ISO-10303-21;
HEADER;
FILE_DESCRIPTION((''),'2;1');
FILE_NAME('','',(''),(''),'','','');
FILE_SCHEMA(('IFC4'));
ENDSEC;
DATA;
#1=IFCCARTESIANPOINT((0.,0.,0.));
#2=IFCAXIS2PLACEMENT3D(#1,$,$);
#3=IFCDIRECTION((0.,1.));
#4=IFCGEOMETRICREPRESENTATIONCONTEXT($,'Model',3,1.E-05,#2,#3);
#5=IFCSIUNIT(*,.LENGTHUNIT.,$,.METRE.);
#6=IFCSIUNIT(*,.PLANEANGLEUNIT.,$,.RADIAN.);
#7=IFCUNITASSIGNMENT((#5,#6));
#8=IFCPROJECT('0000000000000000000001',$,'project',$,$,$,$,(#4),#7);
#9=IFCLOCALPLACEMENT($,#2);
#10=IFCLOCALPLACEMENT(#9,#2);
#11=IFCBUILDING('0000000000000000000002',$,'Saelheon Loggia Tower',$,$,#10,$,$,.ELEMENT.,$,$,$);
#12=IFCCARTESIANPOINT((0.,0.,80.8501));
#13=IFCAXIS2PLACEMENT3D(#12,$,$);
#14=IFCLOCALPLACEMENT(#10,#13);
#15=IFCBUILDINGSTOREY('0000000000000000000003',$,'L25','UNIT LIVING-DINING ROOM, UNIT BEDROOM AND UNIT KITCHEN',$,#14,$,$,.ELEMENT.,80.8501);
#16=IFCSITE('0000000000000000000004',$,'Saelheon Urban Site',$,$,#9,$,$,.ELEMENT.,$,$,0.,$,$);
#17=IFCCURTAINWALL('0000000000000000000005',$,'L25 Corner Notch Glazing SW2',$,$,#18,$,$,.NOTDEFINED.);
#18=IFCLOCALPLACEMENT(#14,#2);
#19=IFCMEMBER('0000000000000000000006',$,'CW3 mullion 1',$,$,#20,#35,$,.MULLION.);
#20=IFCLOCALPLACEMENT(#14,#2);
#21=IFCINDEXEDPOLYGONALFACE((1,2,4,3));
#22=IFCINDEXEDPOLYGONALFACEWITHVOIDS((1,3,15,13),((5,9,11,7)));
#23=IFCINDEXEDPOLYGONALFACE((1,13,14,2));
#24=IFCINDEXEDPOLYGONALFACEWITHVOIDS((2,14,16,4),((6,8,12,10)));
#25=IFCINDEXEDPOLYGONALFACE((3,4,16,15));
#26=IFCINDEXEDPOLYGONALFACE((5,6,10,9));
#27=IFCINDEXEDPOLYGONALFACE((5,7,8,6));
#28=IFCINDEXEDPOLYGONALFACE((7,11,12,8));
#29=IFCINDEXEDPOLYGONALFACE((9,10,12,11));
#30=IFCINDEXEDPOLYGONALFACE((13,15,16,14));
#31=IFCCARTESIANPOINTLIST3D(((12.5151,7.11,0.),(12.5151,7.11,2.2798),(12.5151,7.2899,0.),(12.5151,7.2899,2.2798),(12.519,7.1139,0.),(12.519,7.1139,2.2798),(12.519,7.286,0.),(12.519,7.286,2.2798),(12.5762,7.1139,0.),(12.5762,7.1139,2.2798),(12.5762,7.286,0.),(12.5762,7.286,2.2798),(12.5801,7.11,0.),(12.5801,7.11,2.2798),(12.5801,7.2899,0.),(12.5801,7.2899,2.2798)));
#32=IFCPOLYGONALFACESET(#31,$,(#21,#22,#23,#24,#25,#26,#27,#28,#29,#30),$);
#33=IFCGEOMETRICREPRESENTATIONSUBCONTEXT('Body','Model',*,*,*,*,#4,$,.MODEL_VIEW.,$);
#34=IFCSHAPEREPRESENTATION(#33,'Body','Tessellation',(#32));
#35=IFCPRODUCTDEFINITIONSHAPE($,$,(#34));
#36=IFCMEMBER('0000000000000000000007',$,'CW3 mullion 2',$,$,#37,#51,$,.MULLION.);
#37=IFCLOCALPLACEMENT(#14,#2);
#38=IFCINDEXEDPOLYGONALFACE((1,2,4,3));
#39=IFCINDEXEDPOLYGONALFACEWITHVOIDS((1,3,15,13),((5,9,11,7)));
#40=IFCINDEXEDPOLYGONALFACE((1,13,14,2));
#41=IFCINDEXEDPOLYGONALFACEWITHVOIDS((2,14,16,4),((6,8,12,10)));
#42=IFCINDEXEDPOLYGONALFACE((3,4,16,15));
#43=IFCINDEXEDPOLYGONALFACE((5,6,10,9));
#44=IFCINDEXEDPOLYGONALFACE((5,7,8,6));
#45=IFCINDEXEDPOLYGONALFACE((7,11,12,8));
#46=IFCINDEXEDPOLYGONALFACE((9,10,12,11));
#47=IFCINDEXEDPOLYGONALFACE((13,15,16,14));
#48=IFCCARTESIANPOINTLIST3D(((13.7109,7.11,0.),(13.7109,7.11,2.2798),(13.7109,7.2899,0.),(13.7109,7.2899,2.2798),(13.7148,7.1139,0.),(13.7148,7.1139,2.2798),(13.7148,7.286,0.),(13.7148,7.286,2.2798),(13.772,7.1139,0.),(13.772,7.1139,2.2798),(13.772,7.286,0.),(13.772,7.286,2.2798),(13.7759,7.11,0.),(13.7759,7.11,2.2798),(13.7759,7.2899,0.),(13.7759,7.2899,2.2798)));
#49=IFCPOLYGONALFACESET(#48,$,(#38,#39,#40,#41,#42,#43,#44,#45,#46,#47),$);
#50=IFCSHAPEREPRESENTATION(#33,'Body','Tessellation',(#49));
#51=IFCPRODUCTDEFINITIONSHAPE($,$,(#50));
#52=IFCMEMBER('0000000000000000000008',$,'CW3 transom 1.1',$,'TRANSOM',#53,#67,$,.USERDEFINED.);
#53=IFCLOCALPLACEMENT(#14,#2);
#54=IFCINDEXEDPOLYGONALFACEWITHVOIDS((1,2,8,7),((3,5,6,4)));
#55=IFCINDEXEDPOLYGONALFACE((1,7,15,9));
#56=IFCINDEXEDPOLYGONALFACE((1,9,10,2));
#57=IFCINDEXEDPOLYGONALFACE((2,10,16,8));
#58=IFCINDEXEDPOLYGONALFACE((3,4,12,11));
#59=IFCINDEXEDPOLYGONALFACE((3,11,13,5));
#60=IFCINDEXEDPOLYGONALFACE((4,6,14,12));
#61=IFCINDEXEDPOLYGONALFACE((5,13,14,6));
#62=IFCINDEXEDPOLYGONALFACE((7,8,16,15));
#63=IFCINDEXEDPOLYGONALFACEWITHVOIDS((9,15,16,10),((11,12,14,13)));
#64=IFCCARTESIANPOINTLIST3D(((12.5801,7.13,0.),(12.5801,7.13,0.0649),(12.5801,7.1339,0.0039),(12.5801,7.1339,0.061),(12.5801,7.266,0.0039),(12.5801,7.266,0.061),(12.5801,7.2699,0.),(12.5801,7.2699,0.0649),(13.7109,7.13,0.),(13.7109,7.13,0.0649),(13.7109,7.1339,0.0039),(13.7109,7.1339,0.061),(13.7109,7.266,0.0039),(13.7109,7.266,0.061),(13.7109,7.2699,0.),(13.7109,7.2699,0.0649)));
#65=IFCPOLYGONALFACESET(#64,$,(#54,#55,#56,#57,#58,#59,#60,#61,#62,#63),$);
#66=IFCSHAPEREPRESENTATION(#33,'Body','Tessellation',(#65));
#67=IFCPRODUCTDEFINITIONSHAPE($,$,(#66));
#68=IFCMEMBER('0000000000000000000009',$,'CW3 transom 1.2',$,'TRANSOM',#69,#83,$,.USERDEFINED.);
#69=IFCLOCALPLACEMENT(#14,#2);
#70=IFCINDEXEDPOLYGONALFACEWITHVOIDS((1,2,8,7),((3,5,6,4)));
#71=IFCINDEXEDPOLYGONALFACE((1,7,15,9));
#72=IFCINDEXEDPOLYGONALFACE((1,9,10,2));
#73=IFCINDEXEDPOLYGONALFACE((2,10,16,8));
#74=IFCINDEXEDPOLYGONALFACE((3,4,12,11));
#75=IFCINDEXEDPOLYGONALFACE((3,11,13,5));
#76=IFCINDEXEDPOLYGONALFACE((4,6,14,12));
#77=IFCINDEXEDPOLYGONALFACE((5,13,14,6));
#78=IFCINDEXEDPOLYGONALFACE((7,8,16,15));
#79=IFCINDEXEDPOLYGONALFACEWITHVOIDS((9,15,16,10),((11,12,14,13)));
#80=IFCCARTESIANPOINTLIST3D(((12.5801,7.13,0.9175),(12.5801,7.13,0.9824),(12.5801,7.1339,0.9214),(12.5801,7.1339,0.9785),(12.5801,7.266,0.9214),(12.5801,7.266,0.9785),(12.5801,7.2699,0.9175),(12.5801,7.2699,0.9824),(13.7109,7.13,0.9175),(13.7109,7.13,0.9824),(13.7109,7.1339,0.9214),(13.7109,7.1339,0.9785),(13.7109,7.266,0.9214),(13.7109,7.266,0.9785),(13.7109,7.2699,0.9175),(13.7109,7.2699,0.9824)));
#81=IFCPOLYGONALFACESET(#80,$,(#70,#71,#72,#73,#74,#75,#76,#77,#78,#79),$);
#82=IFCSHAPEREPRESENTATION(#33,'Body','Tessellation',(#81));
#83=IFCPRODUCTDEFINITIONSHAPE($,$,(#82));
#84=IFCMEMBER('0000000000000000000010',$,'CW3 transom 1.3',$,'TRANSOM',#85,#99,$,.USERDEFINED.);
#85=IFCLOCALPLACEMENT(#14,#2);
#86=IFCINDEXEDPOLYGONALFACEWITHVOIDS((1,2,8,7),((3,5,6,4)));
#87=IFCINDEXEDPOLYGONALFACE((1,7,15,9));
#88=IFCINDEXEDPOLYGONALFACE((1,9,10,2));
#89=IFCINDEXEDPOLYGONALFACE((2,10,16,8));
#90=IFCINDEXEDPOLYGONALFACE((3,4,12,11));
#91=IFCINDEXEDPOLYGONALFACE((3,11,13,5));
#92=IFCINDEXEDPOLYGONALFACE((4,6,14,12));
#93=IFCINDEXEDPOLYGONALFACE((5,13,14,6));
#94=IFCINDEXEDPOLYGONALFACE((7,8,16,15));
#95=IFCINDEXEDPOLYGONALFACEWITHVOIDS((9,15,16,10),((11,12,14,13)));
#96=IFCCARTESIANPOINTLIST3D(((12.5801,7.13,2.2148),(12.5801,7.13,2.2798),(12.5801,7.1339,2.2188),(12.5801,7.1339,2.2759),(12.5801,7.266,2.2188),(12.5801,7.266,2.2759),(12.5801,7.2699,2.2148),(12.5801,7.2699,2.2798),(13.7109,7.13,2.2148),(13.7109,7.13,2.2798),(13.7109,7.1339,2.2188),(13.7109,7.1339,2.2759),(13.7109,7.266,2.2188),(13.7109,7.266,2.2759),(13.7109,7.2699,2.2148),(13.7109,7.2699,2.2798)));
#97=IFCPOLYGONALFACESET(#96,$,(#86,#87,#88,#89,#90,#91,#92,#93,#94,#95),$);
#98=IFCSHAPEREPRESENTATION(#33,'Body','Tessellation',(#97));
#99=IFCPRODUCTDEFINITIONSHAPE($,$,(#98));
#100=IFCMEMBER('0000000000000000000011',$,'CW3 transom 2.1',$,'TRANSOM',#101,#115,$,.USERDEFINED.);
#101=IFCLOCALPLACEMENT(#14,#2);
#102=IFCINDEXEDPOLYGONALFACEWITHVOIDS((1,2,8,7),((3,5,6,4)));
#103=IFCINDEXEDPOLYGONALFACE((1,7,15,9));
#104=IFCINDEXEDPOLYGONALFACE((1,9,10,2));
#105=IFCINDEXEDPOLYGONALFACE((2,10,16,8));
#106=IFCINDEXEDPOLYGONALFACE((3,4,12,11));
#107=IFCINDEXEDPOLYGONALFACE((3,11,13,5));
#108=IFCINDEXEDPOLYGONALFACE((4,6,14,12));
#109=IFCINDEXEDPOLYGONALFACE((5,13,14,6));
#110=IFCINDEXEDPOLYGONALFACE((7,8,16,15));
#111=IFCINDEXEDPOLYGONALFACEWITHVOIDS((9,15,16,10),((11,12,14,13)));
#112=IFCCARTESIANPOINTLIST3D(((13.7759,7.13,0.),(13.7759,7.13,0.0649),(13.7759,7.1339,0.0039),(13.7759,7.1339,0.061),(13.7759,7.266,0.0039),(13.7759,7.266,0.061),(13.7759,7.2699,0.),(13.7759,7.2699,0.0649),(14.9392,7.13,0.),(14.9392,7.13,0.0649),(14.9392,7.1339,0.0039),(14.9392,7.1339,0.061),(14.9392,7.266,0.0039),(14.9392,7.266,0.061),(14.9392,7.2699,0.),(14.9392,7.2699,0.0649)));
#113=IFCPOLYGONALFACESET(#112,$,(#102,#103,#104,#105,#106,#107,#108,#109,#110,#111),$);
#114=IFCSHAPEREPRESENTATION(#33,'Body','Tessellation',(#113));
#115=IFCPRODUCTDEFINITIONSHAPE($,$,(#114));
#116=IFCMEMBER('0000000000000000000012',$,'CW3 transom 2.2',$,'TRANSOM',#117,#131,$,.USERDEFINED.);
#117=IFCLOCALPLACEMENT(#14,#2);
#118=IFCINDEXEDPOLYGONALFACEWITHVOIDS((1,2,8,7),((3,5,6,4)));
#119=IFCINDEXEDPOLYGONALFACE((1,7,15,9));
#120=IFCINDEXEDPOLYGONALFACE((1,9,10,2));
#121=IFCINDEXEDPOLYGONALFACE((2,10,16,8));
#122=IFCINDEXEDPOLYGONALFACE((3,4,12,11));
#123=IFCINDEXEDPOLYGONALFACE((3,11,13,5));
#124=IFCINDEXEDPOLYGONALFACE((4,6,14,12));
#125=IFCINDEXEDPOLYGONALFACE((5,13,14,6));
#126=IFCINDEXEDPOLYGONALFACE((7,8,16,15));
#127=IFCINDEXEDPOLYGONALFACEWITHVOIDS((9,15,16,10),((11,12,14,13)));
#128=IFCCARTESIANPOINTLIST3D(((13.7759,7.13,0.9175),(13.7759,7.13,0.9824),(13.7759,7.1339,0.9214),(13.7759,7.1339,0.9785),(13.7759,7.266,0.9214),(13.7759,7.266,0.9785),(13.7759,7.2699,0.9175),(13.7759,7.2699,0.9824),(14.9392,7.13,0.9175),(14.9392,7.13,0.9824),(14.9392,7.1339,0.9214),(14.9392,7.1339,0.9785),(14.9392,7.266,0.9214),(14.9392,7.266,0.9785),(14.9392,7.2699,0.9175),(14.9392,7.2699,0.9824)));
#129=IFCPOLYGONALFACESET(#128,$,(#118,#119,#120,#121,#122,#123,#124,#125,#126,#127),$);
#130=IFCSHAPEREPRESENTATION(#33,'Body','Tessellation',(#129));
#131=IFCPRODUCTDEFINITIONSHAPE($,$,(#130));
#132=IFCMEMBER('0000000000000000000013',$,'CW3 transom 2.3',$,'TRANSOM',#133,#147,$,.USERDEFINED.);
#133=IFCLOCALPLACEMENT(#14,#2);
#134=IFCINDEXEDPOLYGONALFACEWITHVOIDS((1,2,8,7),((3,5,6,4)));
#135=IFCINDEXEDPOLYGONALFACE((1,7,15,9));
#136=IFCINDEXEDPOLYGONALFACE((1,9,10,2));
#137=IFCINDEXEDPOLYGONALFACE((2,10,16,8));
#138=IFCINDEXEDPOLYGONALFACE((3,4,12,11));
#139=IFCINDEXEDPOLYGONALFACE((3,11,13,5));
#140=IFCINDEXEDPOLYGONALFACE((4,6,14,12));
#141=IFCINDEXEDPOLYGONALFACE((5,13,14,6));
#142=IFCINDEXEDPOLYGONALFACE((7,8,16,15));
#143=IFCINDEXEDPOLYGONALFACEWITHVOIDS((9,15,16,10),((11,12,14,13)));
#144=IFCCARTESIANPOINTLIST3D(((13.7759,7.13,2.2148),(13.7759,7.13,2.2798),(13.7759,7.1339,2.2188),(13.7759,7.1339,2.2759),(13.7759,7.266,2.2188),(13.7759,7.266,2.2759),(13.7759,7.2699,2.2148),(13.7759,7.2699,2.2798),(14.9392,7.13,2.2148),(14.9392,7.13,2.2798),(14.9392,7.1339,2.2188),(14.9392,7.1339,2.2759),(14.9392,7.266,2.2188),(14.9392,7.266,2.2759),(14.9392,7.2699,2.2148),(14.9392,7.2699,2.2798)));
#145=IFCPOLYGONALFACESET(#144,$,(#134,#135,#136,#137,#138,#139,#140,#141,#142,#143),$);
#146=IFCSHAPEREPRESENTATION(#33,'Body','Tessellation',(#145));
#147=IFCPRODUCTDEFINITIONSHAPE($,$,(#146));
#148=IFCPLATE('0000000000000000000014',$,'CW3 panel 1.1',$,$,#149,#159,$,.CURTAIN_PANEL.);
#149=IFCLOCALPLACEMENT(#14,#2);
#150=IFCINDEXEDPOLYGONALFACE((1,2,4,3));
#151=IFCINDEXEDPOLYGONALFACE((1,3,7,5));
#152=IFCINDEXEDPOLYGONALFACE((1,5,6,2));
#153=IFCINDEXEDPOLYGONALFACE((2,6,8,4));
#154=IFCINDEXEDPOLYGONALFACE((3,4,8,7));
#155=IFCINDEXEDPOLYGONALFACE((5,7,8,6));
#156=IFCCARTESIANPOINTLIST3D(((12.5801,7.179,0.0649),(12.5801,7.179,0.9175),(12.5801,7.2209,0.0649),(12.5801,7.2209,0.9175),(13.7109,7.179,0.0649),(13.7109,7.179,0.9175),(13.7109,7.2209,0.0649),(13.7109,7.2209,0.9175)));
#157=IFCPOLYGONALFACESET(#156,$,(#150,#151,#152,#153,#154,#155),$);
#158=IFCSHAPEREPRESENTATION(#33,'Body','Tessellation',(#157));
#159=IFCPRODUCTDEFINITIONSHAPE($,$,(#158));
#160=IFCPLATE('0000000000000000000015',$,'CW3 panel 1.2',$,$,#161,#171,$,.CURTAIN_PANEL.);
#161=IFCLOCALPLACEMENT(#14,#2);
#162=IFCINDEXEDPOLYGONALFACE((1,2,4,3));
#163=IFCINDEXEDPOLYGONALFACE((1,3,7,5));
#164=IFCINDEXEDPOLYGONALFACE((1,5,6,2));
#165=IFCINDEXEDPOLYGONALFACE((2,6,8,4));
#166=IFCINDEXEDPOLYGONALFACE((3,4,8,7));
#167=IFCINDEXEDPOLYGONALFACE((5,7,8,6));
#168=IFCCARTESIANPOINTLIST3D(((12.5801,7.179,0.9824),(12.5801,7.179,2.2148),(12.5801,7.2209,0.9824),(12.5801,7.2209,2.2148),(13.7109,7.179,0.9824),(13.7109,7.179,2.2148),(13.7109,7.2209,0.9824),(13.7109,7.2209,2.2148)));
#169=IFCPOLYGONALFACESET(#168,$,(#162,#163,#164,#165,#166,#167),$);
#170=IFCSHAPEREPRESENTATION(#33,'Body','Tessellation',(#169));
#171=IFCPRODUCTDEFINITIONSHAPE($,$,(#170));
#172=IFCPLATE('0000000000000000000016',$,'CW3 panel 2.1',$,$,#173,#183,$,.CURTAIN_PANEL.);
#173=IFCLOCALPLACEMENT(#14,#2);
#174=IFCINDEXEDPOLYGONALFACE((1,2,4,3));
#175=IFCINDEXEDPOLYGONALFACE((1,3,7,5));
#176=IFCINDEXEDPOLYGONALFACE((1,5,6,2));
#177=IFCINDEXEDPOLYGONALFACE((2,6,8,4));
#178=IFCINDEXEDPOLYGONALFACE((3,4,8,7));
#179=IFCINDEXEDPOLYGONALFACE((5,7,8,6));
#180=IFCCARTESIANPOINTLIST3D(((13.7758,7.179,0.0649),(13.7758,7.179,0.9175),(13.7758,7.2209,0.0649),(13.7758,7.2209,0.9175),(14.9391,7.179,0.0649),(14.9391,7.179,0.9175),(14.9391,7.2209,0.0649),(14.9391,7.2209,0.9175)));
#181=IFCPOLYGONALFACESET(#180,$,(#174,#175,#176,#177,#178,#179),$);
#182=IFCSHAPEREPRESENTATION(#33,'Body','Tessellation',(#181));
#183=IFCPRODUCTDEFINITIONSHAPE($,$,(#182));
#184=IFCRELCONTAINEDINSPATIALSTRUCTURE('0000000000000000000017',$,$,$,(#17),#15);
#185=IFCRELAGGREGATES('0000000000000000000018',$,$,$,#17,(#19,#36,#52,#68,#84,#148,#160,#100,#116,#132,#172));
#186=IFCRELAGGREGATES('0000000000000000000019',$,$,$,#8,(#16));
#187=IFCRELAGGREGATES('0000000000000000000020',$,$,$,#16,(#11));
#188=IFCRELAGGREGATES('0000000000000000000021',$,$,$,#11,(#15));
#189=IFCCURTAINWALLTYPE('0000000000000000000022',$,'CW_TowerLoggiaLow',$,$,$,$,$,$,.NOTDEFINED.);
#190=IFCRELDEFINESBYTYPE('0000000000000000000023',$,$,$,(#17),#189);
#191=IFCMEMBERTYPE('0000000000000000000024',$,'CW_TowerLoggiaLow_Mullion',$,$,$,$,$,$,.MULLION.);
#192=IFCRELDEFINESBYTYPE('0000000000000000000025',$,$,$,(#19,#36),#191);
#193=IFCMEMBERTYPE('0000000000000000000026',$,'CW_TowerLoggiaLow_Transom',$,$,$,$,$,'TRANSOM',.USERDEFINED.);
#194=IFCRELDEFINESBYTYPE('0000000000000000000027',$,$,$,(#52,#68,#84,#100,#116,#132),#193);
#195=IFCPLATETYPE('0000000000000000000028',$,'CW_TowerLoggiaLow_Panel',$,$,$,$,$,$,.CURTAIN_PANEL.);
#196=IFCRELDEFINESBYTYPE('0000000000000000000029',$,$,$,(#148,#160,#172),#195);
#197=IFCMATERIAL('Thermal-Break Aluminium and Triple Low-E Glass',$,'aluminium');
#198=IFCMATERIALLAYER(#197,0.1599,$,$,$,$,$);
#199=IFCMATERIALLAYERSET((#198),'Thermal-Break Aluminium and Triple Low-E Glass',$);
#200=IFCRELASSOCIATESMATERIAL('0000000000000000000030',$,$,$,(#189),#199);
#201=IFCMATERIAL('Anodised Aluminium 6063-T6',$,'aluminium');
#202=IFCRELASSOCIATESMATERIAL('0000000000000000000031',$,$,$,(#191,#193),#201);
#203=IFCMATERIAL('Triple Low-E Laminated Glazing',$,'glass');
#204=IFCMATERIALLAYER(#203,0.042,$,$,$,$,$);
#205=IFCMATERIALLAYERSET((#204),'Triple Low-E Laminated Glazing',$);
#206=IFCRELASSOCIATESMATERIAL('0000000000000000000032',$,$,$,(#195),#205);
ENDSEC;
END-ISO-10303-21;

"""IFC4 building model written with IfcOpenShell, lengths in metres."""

from ifc_helpers import new_model, si_unit, direction, frame, origin, origin_2d, place, context, subcontext, project, spatial, rectangle, hollow_rectangle, extrude, source, transform, mapped, material, layer, layer_set, material_profile, profile_set, type_object, element, aggregate, save


model = new_model("IFC4")

# Units and contexts
model_context = context("Model", 3, precision=1e-05, world=origin(), true_north=direction((0.0, 1.0)))
body_context = subcontext(model_context, "Body", "Model", "MODEL_VIEW")
ifc_project = project(units=[si_unit("LENGTHUNIT", "METRE"), si_unit("PLANEANGLEUNIT", "RADIAN")], contexts=[model_context])

# Site, building, storey
site_placement = place(None, origin())
site = spatial("IfcSite", under=ifc_project, at=site_placement, Name="Saelheon Urban Site", CompositionType="ELEMENT", RefElevation=0.0)
building_placement = place(site_placement, origin())
building = spatial("IfcBuilding", under=site, at=building_placement, Name="Saelheon Loggia Tower", CompositionType="ELEMENT")
storey_placement = place(building_placement, frame((0.0, 0.0, 80.8501)))
storey = spatial("IfcBuildingStorey", under=building, at=storey_placement, Name="L25", Description="UNIT LIVING-DINING ROOM, UNIT BEDROOM AND UNIT KITCHEN", CompositionType="ELEMENT", Elevation=80.8501)

# Curtain wall, members, plates
ifc_material_1 = material(Name="Thermal-Break Aluminium and Triple Low-E Glass", Category="aluminium")
ifc_layer_1 = layer(ifc_material_1, 0.1599)
ifc_layer_set_1 = layer_set([ifc_layer_1], Name="Thermal-Break Aluminium and Triple Low-E Glass")
curtain_wall_type = type_object("IfcCurtainWallType", Name="CW_TowerLoggiaLow", PredefinedType="NOTDEFINED", material=ifc_layer_set_1)
curtain_wall_placement = place(storey_placement, origin())
curtain_wall = element("IfcCurtainWall", 1, at=curtain_wall_placement, inside=storey, type_object=curtain_wall_type, Name="L25 Corner Notch Glazing SW2", PredefinedType="NOTDEFINED")
ifc_material_2 = material(Name="Anodised Aluminium 6063-T6", Category="aluminium")
ifc_material_profile_1 = material_profile(ifc_material_2, hollow_rectangle(XDim=0.0649, YDim=0.1799, WallThickness=0.0039, at=origin_2d()), Name="RHS-180x65x4")
ifc_profile_set_1 = profile_set([ifc_material_profile_1], Name="Anodised Aluminium 6063-T6")
member_type_1 = type_object("IfcMemberType", Name="CW_TowerLoggiaLow_Mullion", PredefinedType="MULLION", material=ifc_profile_set_1)
shared_shape_1 = source(origin(), body_context, "Body", "SweptSolid", [
    extrude(hollow_rectangle(XDim=0.0649, YDim=0.1799, WallThickness=0.0039, at=origin_2d()), origin(), (0.0, 0.0, 1.0), 2.2798),
])
member_1_placement = place(storey_placement, frame((12.5476, 7.2, 0.0), z_axis=(0.0, 0.0, 1.0), x_axis=(1.0, 0.0, 0.0)))
member_1 = element("IfcMember", 2, at=member_1_placement, type_object=member_type_1, Name="CW3 mullion 1", PredefinedType="MULLION", context=body_context, shape_type="MappedRepresentation", body=[
    mapped(shared_shape_1, transform((0.0, 0.0, 0.0), scale=1.0)),
])
member_2_placement = place(storey_placement, frame((13.7434, 7.2, 0.0), z_axis=(0.0, 0.0, 1.0), x_axis=(1.0, 0.0, 0.0)))
member_2 = element("IfcMember", 3, at=member_2_placement, type_object=member_type_1, Name="CW3 mullion 2", PredefinedType="MULLION", context=body_context, shape_type="MappedRepresentation", body=[
    mapped(shared_shape_1, transform((0.0, 0.0, 0.0), scale=1.0)),
])
ifc_material_profile_2 = material_profile(ifc_material_2, hollow_rectangle(XDim=0.0649, YDim=0.1399, WallThickness=0.0039, at=origin_2d()), Name="RHS-140x65x4")
ifc_profile_set_2 = profile_set([ifc_material_profile_2], Name="Anodised Aluminium 6063-T6")
member_type_2 = type_object("IfcMemberType", Name="CW_TowerLoggiaLow_Transom", ElementType="TRANSOM", PredefinedType="USERDEFINED", material=ifc_profile_set_2)
shared_shape_2 = source(origin(), body_context, "Body", "SweptSolid", [
    extrude(hollow_rectangle(XDim=0.0649, YDim=0.1399, WallThickness=0.0039, at=origin_2d()), origin(), (0.0, 0.0, 1.0), 1.1309),
])
member_3_placement = place(storey_placement, frame((12.5801, 7.2, 0.0325), z_axis=(1.0, 0.0, 0.0), x_axis=(0.0, 0.0, 1.0)))
member_3 = element("IfcMember", 4, at=member_3_placement, type_object=member_type_2, Name="CW3 transom 1.1", ObjectType="TRANSOM", PredefinedType="USERDEFINED", context=body_context, shape_type="MappedRepresentation", body=[
    mapped(shared_shape_2, transform((0.0, 0.0, 0.0), scale=1.0)),
])
member_4_placement = place(storey_placement, frame((12.5801, 7.2, 0.95), z_axis=(1.0, 0.0, 0.0), x_axis=(0.0, 0.0, 1.0)))
member_4 = element("IfcMember", 5, at=member_4_placement, type_object=member_type_2, Name="CW3 transom 1.2", ObjectType="TRANSOM", PredefinedType="USERDEFINED", context=body_context, shape_type="MappedRepresentation", body=[
    mapped(shared_shape_2, transform((0.0, 0.0, 0.0), scale=1.0)),
])
member_5_placement = place(storey_placement, frame((12.5801, 7.2, 2.2473), z_axis=(1.0, 0.0, 0.0), x_axis=(0.0, 0.0, 1.0)))
member_5 = element("IfcMember", 6, at=member_5_placement, type_object=member_type_2, Name="CW3 transom 1.3", ObjectType="TRANSOM", PredefinedType="USERDEFINED", context=body_context, shape_type="MappedRepresentation", body=[
    mapped(shared_shape_2, transform((0.0, 0.0, 0.0), scale=1.0)),
])
shared_shape_3 = source(origin(), body_context, "Body", "SweptSolid", [
    extrude(hollow_rectangle(XDim=0.0649, YDim=0.1399, WallThickness=0.0039, at=origin_2d()), origin(), (0.0, 0.0, 1.0), 1.1633),
])
member_6_placement = place(storey_placement, frame((13.7759, 7.2, 0.0325), z_axis=(1.0, 0.0, 0.0), x_axis=(0.0, 0.0, 1.0)))
member_6 = element("IfcMember", 7, at=member_6_placement, type_object=member_type_2, Name="CW3 transom 2.1", ObjectType="TRANSOM", PredefinedType="USERDEFINED", context=body_context, shape_type="MappedRepresentation", body=[
    mapped(shared_shape_3, transform((0.0, 0.0, 0.0), scale=1.0)),
])
member_7_placement = place(storey_placement, frame((13.7759, 7.2, 0.95), z_axis=(1.0, 0.0, 0.0), x_axis=(0.0, 0.0, 1.0)))
member_7 = element("IfcMember", 8, at=member_7_placement, type_object=member_type_2, Name="CW3 transom 2.2", ObjectType="TRANSOM", PredefinedType="USERDEFINED", context=body_context, shape_type="MappedRepresentation", body=[
    mapped(shared_shape_3, transform((0.0, 0.0, 0.0), scale=1.0)),
])
member_8_placement = place(storey_placement, frame((13.7759, 7.2, 2.2473), z_axis=(1.0, 0.0, 0.0), x_axis=(0.0, 0.0, 1.0)))
member_8 = element("IfcMember", 9, at=member_8_placement, type_object=member_type_2, Name="CW3 transom 2.3", ObjectType="TRANSOM", PredefinedType="USERDEFINED", context=body_context, shape_type="MappedRepresentation", body=[
    mapped(shared_shape_3, transform((0.0, 0.0, 0.0), scale=1.0)),
])
ifc_material_3 = material(Name="Triple Low-E Laminated Glazing", Category="glass")
ifc_layer_2 = layer(ifc_material_3, 0.042)
ifc_layer_set_2 = layer_set([ifc_layer_2], Name="Triple Low-E Laminated Glazing")
plate_type = type_object("IfcPlateType", Name="CW_TowerLoggiaLow_Panel", PredefinedType="CURTAIN_PANEL", material=ifc_layer_set_2)
shared_shape_4 = source(origin(), body_context, "Body", "SweptSolid", [
    extrude(rectangle(XDim=1.1309, YDim=0.042, at=origin_2d()), origin(), (0.0, 0.0, 1.0), 0.8525),
])
plate_1_placement = place(storey_placement, frame((13.1455, 7.2, 0.0649), z_axis=(0.0, 0.0, 1.0), x_axis=(1.0, 0.0, 0.0)))
plate_1 = element("IfcPlate", 10, at=plate_1_placement, type_object=plate_type, Name="CW3 panel 1.1", PredefinedType="CURTAIN_PANEL", context=body_context, shape_type="MappedRepresentation", body=[
    mapped(shared_shape_4, transform((0.0, 0.0, 0.0), scale=1.0)),
])
shared_shape_5 = source(origin(), body_context, "Body", "SweptSolid", [
    extrude(rectangle(XDim=1.1309, YDim=0.042, at=origin_2d()), origin(), (0.0, 0.0, 1.0), 1.2324),
])
plate_2_placement = place(storey_placement, frame((13.1455, 7.2, 0.9824), z_axis=(0.0, 0.0, 1.0), x_axis=(1.0, 0.0, 0.0)))
plate_2 = element("IfcPlate", 11, at=plate_2_placement, type_object=plate_type, Name="CW3 panel 1.2", PredefinedType="CURTAIN_PANEL", context=body_context, shape_type="MappedRepresentation", body=[
    mapped(shared_shape_5, transform((0.0, 0.0, 0.0), scale=1.0)),
])
shared_shape_6 = source(origin(), body_context, "Body", "SweptSolid", [
    extrude(rectangle(XDim=1.1633, YDim=0.042, at=origin_2d()), origin(), (0.0, 0.0, 1.0), 0.8525),
])
plate_3_placement = place(storey_placement, frame((14.3574, 7.2, 0.0649), z_axis=(0.0, 0.0, 1.0), x_axis=(1.0, 0.0, 0.0)))
plate_3 = element("IfcPlate", 12, at=plate_3_placement, type_object=plate_type, Name="CW3 panel 2.1", PredefinedType="CURTAIN_PANEL", context=body_context, shape_type="MappedRepresentation", body=[
    mapped(shared_shape_6, transform((0.0, 0.0, 0.0), scale=1.0)),
])
aggregate(curtain_wall, [member_1, member_2, member_3, member_4, member_5, plate_1, plate_2, member_6, member_7, member_8, plate_3])

save(model, "model.ifc")
